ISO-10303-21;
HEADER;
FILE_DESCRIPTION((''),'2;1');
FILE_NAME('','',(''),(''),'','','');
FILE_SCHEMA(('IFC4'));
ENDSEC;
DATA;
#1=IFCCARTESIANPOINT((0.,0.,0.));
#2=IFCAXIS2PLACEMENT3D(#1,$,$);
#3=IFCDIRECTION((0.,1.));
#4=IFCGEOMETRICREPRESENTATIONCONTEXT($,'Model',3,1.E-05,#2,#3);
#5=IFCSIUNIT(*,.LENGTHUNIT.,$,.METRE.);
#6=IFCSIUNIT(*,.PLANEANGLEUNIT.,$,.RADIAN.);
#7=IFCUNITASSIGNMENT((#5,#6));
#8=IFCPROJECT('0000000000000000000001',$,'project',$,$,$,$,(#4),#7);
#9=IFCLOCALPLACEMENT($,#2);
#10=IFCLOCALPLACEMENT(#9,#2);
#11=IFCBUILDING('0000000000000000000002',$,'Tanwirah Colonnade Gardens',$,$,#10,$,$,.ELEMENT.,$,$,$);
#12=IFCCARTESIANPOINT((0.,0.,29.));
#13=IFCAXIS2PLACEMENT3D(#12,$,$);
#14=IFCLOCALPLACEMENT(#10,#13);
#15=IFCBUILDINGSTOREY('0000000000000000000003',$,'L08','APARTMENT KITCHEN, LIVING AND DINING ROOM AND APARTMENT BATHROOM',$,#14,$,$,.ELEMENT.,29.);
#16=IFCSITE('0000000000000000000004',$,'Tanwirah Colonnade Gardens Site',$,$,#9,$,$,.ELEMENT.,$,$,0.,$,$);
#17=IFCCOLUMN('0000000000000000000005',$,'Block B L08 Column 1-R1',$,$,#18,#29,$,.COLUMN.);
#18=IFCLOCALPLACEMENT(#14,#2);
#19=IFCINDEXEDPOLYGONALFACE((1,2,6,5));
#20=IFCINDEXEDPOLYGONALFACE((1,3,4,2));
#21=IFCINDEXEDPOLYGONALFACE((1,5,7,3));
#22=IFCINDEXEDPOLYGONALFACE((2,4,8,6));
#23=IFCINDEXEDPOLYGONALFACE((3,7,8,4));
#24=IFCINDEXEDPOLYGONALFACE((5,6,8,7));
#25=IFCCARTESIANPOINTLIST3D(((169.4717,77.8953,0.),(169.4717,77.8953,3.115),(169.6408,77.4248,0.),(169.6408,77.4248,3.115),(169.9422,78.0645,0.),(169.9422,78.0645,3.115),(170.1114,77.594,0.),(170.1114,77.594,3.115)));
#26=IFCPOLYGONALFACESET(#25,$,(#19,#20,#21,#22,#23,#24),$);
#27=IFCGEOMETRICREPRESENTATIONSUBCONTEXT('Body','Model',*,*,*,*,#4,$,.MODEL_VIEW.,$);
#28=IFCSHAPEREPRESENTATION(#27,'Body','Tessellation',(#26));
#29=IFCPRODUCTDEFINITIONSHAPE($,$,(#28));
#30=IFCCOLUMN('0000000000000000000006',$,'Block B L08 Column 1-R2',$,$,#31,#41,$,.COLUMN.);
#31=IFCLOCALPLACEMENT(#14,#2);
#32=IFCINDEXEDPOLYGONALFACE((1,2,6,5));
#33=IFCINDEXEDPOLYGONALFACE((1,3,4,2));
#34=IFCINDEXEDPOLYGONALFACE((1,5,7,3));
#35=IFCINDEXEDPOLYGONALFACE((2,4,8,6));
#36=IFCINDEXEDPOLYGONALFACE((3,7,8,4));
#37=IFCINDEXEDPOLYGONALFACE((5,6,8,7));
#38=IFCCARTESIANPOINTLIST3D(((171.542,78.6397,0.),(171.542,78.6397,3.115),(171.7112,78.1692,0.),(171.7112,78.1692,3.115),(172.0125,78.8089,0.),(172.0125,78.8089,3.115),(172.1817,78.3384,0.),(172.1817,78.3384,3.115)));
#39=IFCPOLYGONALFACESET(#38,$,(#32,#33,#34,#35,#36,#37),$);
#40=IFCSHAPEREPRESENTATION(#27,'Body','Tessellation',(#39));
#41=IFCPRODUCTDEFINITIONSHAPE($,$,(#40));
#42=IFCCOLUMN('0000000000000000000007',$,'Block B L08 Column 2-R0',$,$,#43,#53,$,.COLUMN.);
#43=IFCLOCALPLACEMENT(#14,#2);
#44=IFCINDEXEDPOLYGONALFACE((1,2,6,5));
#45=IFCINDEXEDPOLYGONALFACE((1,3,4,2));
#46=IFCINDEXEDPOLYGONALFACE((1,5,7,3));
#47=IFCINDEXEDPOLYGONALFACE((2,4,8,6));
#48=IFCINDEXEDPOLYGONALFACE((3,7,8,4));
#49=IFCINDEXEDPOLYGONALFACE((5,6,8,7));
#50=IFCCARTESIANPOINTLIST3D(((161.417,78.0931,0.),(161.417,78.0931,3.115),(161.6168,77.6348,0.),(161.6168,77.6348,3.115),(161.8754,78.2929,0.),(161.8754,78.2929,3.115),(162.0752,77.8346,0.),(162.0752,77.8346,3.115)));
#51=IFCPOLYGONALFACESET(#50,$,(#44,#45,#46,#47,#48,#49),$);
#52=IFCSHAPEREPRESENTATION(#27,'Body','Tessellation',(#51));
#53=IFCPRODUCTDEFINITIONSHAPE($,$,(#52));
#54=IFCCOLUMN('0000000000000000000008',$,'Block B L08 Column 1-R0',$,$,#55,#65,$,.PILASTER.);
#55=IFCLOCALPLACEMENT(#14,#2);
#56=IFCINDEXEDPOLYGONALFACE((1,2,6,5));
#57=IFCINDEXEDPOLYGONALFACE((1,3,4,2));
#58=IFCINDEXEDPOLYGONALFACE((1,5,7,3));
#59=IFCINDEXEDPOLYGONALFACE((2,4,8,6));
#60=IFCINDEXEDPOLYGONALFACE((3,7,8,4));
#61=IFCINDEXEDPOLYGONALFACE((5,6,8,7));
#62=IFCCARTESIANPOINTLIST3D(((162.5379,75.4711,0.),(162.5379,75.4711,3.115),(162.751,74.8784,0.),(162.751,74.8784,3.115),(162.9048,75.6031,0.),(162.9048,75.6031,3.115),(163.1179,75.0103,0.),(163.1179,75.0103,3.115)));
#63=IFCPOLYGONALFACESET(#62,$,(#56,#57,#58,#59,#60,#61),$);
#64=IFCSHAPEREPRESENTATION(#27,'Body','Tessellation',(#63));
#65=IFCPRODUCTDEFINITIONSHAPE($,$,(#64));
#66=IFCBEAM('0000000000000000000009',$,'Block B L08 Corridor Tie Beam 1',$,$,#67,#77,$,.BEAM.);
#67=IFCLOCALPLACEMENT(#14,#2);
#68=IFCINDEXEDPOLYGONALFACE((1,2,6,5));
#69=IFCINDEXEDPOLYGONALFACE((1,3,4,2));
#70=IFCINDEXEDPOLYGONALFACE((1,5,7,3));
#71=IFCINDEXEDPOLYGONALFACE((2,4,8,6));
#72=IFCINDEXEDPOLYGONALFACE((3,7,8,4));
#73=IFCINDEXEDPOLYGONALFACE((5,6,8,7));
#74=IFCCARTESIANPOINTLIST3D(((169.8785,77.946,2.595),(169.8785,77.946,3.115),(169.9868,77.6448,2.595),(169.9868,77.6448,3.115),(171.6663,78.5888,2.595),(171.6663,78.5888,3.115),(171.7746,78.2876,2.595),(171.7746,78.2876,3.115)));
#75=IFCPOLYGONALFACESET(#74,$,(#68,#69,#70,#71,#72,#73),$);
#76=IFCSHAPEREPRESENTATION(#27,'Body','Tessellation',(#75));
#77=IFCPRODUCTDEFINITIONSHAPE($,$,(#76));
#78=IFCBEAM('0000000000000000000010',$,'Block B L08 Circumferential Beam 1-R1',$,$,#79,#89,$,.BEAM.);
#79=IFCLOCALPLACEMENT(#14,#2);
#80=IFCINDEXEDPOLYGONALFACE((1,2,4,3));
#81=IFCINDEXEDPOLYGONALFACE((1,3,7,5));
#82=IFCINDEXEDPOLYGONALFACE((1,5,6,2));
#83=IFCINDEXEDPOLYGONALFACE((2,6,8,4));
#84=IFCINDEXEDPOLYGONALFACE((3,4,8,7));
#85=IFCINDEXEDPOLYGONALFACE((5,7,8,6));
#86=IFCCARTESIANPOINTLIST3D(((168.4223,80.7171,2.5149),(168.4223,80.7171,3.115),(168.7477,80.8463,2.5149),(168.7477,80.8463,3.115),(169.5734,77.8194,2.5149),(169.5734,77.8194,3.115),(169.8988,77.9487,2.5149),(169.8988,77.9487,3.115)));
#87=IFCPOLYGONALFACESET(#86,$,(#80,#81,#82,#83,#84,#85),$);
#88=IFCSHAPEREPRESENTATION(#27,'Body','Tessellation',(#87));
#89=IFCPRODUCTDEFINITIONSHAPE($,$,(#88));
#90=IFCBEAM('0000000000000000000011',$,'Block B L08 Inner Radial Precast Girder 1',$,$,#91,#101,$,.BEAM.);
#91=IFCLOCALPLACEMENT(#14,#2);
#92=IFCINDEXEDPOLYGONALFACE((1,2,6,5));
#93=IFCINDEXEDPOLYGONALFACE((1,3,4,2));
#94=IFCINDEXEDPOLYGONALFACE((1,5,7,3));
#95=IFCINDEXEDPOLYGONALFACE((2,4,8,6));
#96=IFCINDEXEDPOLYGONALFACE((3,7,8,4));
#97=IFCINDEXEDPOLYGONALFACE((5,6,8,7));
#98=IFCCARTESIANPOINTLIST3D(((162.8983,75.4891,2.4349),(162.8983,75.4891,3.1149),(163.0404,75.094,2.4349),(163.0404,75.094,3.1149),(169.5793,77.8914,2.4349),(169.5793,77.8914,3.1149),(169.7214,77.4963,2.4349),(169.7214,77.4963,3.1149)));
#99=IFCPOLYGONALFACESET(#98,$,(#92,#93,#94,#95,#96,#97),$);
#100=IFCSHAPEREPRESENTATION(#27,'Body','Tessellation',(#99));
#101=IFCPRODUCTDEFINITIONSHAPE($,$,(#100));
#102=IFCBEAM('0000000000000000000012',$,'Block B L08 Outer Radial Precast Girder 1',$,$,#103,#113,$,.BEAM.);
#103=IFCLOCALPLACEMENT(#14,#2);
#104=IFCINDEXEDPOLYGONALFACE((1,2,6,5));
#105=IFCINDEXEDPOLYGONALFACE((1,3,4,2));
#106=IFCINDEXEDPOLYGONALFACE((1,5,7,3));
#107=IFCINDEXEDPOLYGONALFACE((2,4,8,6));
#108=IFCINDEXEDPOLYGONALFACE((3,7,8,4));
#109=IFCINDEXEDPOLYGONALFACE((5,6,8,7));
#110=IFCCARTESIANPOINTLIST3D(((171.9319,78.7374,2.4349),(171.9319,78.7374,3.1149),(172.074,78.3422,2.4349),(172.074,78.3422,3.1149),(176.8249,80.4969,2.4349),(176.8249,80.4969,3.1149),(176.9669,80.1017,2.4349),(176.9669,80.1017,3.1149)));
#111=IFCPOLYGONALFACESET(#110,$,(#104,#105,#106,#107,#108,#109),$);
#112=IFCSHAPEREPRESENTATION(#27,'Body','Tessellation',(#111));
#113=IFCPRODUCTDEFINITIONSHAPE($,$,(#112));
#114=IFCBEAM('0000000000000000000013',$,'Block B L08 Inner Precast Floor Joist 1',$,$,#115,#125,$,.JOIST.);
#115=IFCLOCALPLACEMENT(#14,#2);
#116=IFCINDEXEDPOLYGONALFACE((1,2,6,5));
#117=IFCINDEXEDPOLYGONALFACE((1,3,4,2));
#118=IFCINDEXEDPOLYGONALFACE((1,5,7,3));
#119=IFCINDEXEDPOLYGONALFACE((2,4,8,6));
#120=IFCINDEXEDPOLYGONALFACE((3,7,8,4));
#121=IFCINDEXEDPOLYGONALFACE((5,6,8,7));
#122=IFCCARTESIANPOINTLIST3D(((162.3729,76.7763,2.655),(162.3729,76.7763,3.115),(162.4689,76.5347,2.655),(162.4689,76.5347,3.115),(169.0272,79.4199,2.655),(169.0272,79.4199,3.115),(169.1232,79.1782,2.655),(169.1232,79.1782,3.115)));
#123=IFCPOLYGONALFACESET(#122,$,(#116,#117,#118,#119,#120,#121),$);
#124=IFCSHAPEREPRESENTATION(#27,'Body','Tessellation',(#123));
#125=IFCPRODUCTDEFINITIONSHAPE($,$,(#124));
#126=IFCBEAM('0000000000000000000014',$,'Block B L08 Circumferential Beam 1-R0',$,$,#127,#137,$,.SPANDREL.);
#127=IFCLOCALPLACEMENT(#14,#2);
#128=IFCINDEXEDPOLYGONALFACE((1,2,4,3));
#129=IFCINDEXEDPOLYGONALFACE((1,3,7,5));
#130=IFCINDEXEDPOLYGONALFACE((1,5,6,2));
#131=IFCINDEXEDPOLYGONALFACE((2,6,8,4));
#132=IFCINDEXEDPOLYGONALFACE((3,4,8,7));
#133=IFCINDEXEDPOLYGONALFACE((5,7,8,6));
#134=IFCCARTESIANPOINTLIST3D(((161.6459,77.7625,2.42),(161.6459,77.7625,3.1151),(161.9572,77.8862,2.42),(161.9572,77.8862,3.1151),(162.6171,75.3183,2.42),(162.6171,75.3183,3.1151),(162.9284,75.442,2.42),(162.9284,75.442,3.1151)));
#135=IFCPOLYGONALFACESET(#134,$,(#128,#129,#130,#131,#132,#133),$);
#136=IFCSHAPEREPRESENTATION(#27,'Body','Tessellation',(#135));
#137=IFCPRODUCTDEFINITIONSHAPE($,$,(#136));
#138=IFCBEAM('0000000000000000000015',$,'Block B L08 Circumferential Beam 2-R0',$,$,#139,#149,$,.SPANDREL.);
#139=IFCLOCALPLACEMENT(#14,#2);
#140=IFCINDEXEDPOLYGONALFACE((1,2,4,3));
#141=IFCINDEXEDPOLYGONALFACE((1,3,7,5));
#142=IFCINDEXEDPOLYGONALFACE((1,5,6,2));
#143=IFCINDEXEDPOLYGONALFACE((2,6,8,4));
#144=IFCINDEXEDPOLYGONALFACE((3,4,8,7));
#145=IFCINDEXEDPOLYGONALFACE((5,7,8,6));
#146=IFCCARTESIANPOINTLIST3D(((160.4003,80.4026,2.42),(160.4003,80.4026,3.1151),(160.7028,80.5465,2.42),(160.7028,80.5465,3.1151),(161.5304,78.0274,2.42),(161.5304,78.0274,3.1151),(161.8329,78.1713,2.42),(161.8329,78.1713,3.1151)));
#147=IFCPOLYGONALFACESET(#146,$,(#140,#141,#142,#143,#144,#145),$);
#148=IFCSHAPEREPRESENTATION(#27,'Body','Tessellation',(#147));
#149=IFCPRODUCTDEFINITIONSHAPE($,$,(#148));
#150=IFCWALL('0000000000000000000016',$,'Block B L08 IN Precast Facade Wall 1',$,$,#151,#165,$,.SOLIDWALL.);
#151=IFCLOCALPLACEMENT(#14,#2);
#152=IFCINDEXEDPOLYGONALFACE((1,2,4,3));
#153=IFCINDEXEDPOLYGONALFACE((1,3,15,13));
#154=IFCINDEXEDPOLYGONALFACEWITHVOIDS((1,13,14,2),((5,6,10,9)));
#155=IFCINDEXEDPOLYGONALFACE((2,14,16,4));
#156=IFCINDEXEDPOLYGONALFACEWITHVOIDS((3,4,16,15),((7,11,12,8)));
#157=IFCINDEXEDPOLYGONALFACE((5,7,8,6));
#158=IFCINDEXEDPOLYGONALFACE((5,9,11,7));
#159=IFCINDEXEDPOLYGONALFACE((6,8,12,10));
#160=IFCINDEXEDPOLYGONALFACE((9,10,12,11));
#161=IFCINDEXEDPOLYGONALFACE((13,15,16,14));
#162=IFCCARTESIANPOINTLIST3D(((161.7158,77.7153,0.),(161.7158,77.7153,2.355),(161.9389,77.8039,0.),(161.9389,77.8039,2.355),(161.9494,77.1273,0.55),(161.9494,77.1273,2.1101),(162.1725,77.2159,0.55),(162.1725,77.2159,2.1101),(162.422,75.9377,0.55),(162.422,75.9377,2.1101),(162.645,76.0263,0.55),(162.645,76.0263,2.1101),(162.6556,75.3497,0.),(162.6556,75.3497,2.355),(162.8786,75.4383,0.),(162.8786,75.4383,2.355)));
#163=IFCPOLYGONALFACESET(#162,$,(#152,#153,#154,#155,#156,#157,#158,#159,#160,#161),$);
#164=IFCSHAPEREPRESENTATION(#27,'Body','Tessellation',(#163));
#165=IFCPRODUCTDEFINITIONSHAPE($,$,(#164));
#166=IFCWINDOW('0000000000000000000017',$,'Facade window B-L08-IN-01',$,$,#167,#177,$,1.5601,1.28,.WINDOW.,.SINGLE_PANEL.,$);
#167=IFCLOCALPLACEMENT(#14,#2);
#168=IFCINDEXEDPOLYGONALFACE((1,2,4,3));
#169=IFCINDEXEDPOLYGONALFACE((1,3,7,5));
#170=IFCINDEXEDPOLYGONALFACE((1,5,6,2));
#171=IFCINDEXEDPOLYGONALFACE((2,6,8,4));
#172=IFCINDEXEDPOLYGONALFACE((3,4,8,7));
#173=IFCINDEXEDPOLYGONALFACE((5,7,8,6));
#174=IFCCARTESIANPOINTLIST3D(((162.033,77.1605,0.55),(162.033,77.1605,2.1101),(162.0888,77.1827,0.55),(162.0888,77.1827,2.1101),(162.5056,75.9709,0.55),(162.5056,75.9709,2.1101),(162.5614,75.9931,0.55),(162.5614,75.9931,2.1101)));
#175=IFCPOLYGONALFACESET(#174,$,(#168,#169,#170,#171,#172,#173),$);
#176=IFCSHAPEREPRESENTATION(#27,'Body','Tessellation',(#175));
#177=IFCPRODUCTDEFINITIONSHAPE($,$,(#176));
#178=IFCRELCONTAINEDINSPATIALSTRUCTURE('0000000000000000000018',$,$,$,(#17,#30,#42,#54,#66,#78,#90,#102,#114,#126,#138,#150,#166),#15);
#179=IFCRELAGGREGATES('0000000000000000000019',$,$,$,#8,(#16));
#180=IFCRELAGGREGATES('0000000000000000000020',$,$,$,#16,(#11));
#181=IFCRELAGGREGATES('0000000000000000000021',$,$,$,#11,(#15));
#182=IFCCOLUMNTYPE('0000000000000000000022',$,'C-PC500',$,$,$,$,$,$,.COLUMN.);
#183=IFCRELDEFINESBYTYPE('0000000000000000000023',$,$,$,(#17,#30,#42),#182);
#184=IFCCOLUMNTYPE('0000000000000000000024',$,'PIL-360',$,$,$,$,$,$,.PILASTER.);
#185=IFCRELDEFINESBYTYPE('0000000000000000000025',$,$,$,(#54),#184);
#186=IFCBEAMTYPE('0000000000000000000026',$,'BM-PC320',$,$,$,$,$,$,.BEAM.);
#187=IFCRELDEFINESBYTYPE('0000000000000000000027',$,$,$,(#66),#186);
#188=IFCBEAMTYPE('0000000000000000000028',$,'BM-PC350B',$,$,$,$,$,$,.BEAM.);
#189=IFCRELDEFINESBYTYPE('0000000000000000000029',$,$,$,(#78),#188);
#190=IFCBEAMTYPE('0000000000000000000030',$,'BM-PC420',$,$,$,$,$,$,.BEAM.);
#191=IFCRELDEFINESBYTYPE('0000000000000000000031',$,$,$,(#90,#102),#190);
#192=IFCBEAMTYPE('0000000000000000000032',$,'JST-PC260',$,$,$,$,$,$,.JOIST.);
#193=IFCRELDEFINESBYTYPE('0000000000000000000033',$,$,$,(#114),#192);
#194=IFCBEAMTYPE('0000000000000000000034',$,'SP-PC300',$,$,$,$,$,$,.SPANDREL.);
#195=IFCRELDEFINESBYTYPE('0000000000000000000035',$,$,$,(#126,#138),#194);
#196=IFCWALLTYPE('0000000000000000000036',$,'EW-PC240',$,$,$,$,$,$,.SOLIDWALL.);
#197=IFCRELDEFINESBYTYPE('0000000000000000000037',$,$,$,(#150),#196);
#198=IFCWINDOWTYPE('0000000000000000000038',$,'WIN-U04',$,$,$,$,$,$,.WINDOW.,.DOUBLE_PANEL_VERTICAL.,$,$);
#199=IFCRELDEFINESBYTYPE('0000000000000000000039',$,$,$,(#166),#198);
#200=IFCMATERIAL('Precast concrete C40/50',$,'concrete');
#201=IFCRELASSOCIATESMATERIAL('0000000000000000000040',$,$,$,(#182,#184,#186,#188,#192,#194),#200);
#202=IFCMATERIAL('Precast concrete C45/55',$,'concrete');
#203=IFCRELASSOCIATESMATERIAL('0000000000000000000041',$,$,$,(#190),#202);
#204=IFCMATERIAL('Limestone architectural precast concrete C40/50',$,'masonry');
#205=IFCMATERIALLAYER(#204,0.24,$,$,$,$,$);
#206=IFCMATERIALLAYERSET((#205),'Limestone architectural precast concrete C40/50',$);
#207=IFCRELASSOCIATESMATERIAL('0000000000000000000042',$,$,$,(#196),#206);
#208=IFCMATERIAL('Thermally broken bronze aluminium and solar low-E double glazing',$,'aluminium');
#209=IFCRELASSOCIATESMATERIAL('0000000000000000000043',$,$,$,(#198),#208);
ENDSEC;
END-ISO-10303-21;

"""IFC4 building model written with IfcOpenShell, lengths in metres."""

from ifc_helpers import new_model, si_unit, direction, frame, frame_2d, origin, origin_2d, place, context, subcontext, project, spatial, rectangle, extrude, material, layer, layer_set, material_profile, profile_set, type_object, element, fill, save


model = new_model("IFC4")

# Units and contexts
model_context = context("Model", 3, precision=1e-05, world=origin(), true_north=direction((0.0, 1.0)))
body_context = subcontext(model_context, "Body", "Model", "MODEL_VIEW")
ifc_project = project(units=[si_unit("LENGTHUNIT", "METRE"), si_unit("PLANEANGLEUNIT", "RADIAN")], contexts=[model_context])

# Site, building, storey
site_placement = place(None, origin())
site = spatial("IfcSite", under=ifc_project, at=site_placement, Name="Tanwirah Colonnade Gardens Site", CompositionType="ELEMENT", RefElevation=0.0)
building_placement = place(site_placement, origin())
building = spatial("IfcBuilding", under=site, at=building_placement, Name="Tanwirah Colonnade Gardens", CompositionType="ELEMENT")
storey_placement = place(building_placement, frame((0.0, 0.0, 29.0)))
storey = spatial("IfcBuildingStorey", under=building, at=storey_placement, Name="L08", Description="APARTMENT KITCHEN, LIVING AND DINING ROOM AND APARTMENT BATHROOM", CompositionType="ELEMENT", Elevation=29.0)

# Columns
ifc_material_1 = material(Name="Precast concrete C40/50", Category="concrete")
ifc_material_profile_1 = material_profile(ifc_material_1, rectangle(XDim=0.5, YDim=0.5, at=origin_2d()), Name="PC-COL 500x500")
ifc_profile_set_1 = profile_set([ifc_material_profile_1], Name="Precast concrete C40/50")
column_type_1 = type_object("IfcColumnType", Name="C-PC500", PredefinedType="COLUMN", material=ifc_profile_set_1)
for number, where, z_axis, x_axis, name in (
    (1, (169.7915, 77.7446, 0.0), (0.0, 0.0, 1.0), (0.941012, 0.338373, 0.0), "Block B L08 Column 1-R1"),
    (2, (171.8618, 78.489, 0.0), (0.0, 0.0, 1.0), (0.941012, 0.338373, 0.0), "Block B L08 Column 1-R2"),
    (3, (161.7461, 77.9639, 0.0), (0.0, 0.0, 1.0), (0.916673, 0.399638, 0.0), "Block B L08 Column 2-R0"),
):
    element("IfcColumn", number, at=place(storey_placement, frame(where, z_axis=z_axis, x_axis=x_axis)), inside=storey, type_object=column_type_1, Name=name, PredefinedType="COLUMN", context=body_context, shape_type="SweptSolid", body=[
        extrude(rectangle(XDim=0.5, YDim=0.5, at=origin_2d()), origin(), (0.0, 0.0, 1.0), 3.115),
    ])
ifc_material_profile_2 = material_profile(ifc_material_1, rectangle(XDim=0.3899, YDim=0.6299, at=origin_2d()), Name="PC-PIL 390x630")
ifc_profile_set_2 = profile_set([ifc_material_profile_2], Name="Precast concrete C40/50")
column_type_2 = type_object("IfcColumnType", Name="PIL-360", PredefinedType="PILASTER", material=ifc_profile_set_2)
column_placement = place(storey_placement, frame((162.8279, 75.2407, 0.0), z_axis=(0.0, 0.0, 1.0), x_axis=(0.941012, 0.338373, 0.0)))
element("IfcColumn", 4, at=column_placement, inside=storey, type_object=column_type_2, Name="Block B L08 Column 1-R0", PredefinedType="PILASTER", context=body_context, shape_type="SweptSolid", body=[
    extrude(rectangle(XDim=0.3899, YDim=0.6299, at=origin_2d()), origin(), (0.0, 0.0, 1.0), 3.115),
])

# Beams
ifc_material_profile_3 = material_profile(ifc_material_1, rectangle(XDim=0.3201, YDim=0.52, at=origin_2d()), Name="PC-BM 320x520")
ifc_profile_set_3 = profile_set([ifc_material_profile_3], Name="Precast concrete C40/50")
beam_type_1 = type_object("IfcBeamType", Name="BM-PC320", PredefinedType="BEAM", material=ifc_profile_set_3)
beam_1_placement = place(storey_placement, frame((169.9326, 77.7954, 2.855), z_axis=(0.941022, 0.338346, 0.0), x_axis=(-0.338346, 0.941022, 0.0)))
element("IfcBeam", 5, at=beam_1_placement, inside=storey, type_object=beam_type_1, Name="Block B L08 Corridor Tie Beam 1", PredefinedType="BEAM", context=body_context, shape_type="SweptSolid", body=[
    extrude(rectangle(XDim=0.3201, YDim=0.52, at=origin_2d()), origin(), (0.0, 0.0, 1.0), 1.8999),
])
ifc_material_profile_4 = material_profile(ifc_material_1, rectangle(XDim=0.3501, YDim=0.6001, at=origin_2d()), Name="PC-BM 350x600")
ifc_profile_set_4 = profile_set([ifc_material_profile_4], Name="Precast concrete C40/50")
beam_type_2 = type_object("IfcBeamType", Name="BM-PC350B", PredefinedType="BEAM", material=ifc_profile_set_4)
beam_2_placement = place(storey_placement, frame((169.7361, 77.884, 2.8149), z_axis=(-0.369189, 0.929354, 0.0), x_axis=(-0.929354, -0.369189, 0.0)))
element("IfcBeam", 6, at=beam_2_placement, inside=storey, type_object=beam_type_2, Name="Block B L08 Circumferential Beam 1-R1", PredefinedType="BEAM", context=body_context, shape_type="SweptSolid", body=[
    extrude(rectangle(XDim=0.3501, YDim=0.6001, at=origin_2d()), origin(), (0.0, 0.0, 1.0), 3.1179),
])
ifc_material_2 = material(Name="Precast concrete C45/55", Category="concrete")
ifc_material_profile_5 = material_profile(ifc_material_2, rectangle(XDim=0.4199, YDim=0.6799, at=origin_2d()), Name="PC-BM 420x680")
ifc_profile_set_5 = profile_set([ifc_material_profile_5], Name="Precast concrete C45/55")
beam_type_3 = type_object("IfcBeamType", Name="BM-PC420", PredefinedType="BEAM", material=ifc_profile_set_5)
beam_3_placement = place(storey_placement, frame((169.6504, 77.6938, 2.7749), z_axis=(-0.941016, -0.338361, 0.0), x_axis=(0.338361, -0.941016, 0.0)))
element("IfcBeam", 7, at=beam_3_placement, inside=storey, type_object=beam_type_3, Name="Block B L08 Inner Radial Precast Girder 1", PredefinedType="BEAM", context=body_context, shape_type="SweptSolid", body=[
    extrude(rectangle(XDim=0.4199, YDim=0.6799, at=origin_2d()), origin(), (0.0, 0.0, 1.0), 7.0999),
])
beam_4_placement = place(storey_placement, frame((172.0029, 78.5398, 2.7749), z_axis=(0.941009, 0.338382, 0.0), x_axis=(-0.338382, 0.941009, 0.0)))
element("IfcBeam", 8, at=beam_4_placement, inside=storey, type_object=beam_type_3, Name="Block B L08 Outer Radial Precast Girder 1", PredefinedType="BEAM", context=body_context, shape_type="SweptSolid", body=[
    extrude(rectangle(XDim=0.4199, YDim=0.6799, at=origin_2d()), origin(), (0.0, 0.0, 1.0), 5.1997),
])
ifc_material_profile_6 = material_profile(ifc_material_1, rectangle(XDim=0.26, YDim=0.46, at=origin_2d()), Name="PC-JST 260x460")
ifc_profile_set_6 = profile_set([ifc_material_profile_6], Name="Precast concrete C40/50")
beam_type_4 = type_object("IfcBeamType", Name="JST-PC260", PredefinedType="JOIST", material=ifc_profile_set_6)
beam_5_placement = place(storey_placement, frame((162.4209, 76.6555, 2.885), z_axis=(0.929349, 0.369203, 0.0), x_axis=(-0.369203, 0.929349, 0.0)))
element("IfcBeam", 9, at=beam_5_placement, inside=storey, type_object=beam_type_4, Name="Block B L08 Inner Precast Floor Joist 1", PredefinedType="JOIST", context=body_context, shape_type="SweptSolid", body=[
    extrude(rectangle(XDim=0.26, YDim=0.46, at=origin_2d()), origin(), (0.0, 0.0, 1.0), 7.1602),
])
ifc_material_profile_7 = material_profile(ifc_material_1, rectangle(XDim=0.335, YDim=0.6951, at=origin_2d()), Name="PC-SP 335x695")
ifc_profile_set_7 = profile_set([ifc_material_profile_7], Name="Precast concrete C40/50")
beam_type_5 = type_object("IfcBeamType", Name="SP-PC300", PredefinedType="SPANDREL", material=ifc_profile_set_7)
beam_6_placement = place(storey_placement, frame((162.7727, 75.3801, 2.7676), z_axis=(-0.369245, 0.929332, 0.0), x_axis=(-0.929332, -0.369245, 0.0)))
element("IfcBeam", 10, at=beam_6_placement, inside=storey, type_object=beam_type_5, Name="Block B L08 Circumferential Beam 1-R0", PredefinedType="SPANDREL", context=body_context, shape_type="SweptSolid", body=[
    extrude(rectangle(XDim=0.335, YDim=0.6951, at=origin_2d()), origin(), (0.0, 0.0, 1.0), 2.6301),
])
beam_7_placement = place(storey_placement, frame((161.6816, 78.0994, 2.7676), z_axis=(-0.429642, 0.902999, 0.0), x_axis=(-0.902999, -0.429642, 0.0)))
element("IfcBeam", 11, at=beam_7_placement, inside=storey, type_object=beam_type_5, Name="Block B L08 Circumferential Beam 2-R0", PredefinedType="SPANDREL", context=body_context, shape_type="SweptSolid", body=[
    extrude(rectangle(XDim=0.335, YDim=0.6951, at=origin_2d()), origin(), (0.0, 0.0, 1.0), 2.6304),
])

# Wall, opening, window
ifc_material_3 = material(Name="Limestone architectural precast concrete C40/50", Category="masonry")
ifc_layer_1 = layer(ifc_material_3, 0.24)
ifc_layer_set_1 = layer_set([ifc_layer_1], Name="Limestone architectural precast concrete C40/50")
wall_type_1 = type_object("IfcWallType", Name="EW-PC240", PredefinedType="SOLIDWALL", material=ifc_layer_set_1)
wall_1_placement = place(storey_placement, frame((162.7671, 75.394, 0.0), z_axis=(0.0, 0.0, 1.0), x_axis=(-0.36919, 0.929354, 0.0)))
wall_1 = element("IfcWall", 12, at=wall_1_placement, inside=storey, type_object=wall_type_1, Name="Block B L08 IN Precast Facade Wall 1", PredefinedType="SOLIDWALL", context=body_context, shape_type="SweptSolid", body=[
    extrude(rectangle(XDim=2.5454, YDim=0.24, at=frame_2d((1.2727, 0.0))), origin(), (0.0, 0.0, 1.0), 2.355),
])
opening_1_placement = place(wall_1_placement, frame((0.6326, 0.0, 0.55)))
opening_1 = element("IfcOpeningElement", 13, at=opening_1_placement, cuts=wall_1, PredefinedType="OPENING", context=body_context, shape_type="SweptSolid", body=[
    extrude(rectangle(XDim=1.28, YDim=1.5601, at=frame_2d((0.6401, 0.78))), frame((0.0, 0.1299, 0.0), z_axis=(0.0, -1.0, 0.0), x_axis=(1.0, 0.0, 0.0)), (0.0, 0.0, 1.0), 0.26),
])
ifc_material_4 = material(Name="Thermally broken bronze aluminium and solar low-E double glazing", Category="aluminium")
window_type_1 = type_object("IfcWindowType", Name="WIN-U04", PartitioningType="DOUBLE_PANEL_VERTICAL", PredefinedType="WINDOW", material=ifc_material_4)
window_1_placement = place(opening_1_placement, origin())
window_1 = element("IfcWindow", 14, at=window_1_placement, inside=storey, type_object=window_type_1, Name="Facade window B-L08-IN-01", OverallHeight=1.5601, OverallWidth=1.28, PartitioningType="SINGLE_PANEL", PredefinedType="WINDOW", context=body_context, shape_type="SweptSolid", body=[
    extrude(rectangle(XDim=1.28, YDim=1.5601, at=frame_2d((0.6401, 0.78))), frame((0.0, 0.03, 0.0), z_axis=(0.0, -1.0, 0.0), x_axis=(1.0, 0.0, 0.0)), (0.0, 0.0, 1.0), 0.0601),
])
fill(opening_1, window_1)

save(model, "model.ifc")
